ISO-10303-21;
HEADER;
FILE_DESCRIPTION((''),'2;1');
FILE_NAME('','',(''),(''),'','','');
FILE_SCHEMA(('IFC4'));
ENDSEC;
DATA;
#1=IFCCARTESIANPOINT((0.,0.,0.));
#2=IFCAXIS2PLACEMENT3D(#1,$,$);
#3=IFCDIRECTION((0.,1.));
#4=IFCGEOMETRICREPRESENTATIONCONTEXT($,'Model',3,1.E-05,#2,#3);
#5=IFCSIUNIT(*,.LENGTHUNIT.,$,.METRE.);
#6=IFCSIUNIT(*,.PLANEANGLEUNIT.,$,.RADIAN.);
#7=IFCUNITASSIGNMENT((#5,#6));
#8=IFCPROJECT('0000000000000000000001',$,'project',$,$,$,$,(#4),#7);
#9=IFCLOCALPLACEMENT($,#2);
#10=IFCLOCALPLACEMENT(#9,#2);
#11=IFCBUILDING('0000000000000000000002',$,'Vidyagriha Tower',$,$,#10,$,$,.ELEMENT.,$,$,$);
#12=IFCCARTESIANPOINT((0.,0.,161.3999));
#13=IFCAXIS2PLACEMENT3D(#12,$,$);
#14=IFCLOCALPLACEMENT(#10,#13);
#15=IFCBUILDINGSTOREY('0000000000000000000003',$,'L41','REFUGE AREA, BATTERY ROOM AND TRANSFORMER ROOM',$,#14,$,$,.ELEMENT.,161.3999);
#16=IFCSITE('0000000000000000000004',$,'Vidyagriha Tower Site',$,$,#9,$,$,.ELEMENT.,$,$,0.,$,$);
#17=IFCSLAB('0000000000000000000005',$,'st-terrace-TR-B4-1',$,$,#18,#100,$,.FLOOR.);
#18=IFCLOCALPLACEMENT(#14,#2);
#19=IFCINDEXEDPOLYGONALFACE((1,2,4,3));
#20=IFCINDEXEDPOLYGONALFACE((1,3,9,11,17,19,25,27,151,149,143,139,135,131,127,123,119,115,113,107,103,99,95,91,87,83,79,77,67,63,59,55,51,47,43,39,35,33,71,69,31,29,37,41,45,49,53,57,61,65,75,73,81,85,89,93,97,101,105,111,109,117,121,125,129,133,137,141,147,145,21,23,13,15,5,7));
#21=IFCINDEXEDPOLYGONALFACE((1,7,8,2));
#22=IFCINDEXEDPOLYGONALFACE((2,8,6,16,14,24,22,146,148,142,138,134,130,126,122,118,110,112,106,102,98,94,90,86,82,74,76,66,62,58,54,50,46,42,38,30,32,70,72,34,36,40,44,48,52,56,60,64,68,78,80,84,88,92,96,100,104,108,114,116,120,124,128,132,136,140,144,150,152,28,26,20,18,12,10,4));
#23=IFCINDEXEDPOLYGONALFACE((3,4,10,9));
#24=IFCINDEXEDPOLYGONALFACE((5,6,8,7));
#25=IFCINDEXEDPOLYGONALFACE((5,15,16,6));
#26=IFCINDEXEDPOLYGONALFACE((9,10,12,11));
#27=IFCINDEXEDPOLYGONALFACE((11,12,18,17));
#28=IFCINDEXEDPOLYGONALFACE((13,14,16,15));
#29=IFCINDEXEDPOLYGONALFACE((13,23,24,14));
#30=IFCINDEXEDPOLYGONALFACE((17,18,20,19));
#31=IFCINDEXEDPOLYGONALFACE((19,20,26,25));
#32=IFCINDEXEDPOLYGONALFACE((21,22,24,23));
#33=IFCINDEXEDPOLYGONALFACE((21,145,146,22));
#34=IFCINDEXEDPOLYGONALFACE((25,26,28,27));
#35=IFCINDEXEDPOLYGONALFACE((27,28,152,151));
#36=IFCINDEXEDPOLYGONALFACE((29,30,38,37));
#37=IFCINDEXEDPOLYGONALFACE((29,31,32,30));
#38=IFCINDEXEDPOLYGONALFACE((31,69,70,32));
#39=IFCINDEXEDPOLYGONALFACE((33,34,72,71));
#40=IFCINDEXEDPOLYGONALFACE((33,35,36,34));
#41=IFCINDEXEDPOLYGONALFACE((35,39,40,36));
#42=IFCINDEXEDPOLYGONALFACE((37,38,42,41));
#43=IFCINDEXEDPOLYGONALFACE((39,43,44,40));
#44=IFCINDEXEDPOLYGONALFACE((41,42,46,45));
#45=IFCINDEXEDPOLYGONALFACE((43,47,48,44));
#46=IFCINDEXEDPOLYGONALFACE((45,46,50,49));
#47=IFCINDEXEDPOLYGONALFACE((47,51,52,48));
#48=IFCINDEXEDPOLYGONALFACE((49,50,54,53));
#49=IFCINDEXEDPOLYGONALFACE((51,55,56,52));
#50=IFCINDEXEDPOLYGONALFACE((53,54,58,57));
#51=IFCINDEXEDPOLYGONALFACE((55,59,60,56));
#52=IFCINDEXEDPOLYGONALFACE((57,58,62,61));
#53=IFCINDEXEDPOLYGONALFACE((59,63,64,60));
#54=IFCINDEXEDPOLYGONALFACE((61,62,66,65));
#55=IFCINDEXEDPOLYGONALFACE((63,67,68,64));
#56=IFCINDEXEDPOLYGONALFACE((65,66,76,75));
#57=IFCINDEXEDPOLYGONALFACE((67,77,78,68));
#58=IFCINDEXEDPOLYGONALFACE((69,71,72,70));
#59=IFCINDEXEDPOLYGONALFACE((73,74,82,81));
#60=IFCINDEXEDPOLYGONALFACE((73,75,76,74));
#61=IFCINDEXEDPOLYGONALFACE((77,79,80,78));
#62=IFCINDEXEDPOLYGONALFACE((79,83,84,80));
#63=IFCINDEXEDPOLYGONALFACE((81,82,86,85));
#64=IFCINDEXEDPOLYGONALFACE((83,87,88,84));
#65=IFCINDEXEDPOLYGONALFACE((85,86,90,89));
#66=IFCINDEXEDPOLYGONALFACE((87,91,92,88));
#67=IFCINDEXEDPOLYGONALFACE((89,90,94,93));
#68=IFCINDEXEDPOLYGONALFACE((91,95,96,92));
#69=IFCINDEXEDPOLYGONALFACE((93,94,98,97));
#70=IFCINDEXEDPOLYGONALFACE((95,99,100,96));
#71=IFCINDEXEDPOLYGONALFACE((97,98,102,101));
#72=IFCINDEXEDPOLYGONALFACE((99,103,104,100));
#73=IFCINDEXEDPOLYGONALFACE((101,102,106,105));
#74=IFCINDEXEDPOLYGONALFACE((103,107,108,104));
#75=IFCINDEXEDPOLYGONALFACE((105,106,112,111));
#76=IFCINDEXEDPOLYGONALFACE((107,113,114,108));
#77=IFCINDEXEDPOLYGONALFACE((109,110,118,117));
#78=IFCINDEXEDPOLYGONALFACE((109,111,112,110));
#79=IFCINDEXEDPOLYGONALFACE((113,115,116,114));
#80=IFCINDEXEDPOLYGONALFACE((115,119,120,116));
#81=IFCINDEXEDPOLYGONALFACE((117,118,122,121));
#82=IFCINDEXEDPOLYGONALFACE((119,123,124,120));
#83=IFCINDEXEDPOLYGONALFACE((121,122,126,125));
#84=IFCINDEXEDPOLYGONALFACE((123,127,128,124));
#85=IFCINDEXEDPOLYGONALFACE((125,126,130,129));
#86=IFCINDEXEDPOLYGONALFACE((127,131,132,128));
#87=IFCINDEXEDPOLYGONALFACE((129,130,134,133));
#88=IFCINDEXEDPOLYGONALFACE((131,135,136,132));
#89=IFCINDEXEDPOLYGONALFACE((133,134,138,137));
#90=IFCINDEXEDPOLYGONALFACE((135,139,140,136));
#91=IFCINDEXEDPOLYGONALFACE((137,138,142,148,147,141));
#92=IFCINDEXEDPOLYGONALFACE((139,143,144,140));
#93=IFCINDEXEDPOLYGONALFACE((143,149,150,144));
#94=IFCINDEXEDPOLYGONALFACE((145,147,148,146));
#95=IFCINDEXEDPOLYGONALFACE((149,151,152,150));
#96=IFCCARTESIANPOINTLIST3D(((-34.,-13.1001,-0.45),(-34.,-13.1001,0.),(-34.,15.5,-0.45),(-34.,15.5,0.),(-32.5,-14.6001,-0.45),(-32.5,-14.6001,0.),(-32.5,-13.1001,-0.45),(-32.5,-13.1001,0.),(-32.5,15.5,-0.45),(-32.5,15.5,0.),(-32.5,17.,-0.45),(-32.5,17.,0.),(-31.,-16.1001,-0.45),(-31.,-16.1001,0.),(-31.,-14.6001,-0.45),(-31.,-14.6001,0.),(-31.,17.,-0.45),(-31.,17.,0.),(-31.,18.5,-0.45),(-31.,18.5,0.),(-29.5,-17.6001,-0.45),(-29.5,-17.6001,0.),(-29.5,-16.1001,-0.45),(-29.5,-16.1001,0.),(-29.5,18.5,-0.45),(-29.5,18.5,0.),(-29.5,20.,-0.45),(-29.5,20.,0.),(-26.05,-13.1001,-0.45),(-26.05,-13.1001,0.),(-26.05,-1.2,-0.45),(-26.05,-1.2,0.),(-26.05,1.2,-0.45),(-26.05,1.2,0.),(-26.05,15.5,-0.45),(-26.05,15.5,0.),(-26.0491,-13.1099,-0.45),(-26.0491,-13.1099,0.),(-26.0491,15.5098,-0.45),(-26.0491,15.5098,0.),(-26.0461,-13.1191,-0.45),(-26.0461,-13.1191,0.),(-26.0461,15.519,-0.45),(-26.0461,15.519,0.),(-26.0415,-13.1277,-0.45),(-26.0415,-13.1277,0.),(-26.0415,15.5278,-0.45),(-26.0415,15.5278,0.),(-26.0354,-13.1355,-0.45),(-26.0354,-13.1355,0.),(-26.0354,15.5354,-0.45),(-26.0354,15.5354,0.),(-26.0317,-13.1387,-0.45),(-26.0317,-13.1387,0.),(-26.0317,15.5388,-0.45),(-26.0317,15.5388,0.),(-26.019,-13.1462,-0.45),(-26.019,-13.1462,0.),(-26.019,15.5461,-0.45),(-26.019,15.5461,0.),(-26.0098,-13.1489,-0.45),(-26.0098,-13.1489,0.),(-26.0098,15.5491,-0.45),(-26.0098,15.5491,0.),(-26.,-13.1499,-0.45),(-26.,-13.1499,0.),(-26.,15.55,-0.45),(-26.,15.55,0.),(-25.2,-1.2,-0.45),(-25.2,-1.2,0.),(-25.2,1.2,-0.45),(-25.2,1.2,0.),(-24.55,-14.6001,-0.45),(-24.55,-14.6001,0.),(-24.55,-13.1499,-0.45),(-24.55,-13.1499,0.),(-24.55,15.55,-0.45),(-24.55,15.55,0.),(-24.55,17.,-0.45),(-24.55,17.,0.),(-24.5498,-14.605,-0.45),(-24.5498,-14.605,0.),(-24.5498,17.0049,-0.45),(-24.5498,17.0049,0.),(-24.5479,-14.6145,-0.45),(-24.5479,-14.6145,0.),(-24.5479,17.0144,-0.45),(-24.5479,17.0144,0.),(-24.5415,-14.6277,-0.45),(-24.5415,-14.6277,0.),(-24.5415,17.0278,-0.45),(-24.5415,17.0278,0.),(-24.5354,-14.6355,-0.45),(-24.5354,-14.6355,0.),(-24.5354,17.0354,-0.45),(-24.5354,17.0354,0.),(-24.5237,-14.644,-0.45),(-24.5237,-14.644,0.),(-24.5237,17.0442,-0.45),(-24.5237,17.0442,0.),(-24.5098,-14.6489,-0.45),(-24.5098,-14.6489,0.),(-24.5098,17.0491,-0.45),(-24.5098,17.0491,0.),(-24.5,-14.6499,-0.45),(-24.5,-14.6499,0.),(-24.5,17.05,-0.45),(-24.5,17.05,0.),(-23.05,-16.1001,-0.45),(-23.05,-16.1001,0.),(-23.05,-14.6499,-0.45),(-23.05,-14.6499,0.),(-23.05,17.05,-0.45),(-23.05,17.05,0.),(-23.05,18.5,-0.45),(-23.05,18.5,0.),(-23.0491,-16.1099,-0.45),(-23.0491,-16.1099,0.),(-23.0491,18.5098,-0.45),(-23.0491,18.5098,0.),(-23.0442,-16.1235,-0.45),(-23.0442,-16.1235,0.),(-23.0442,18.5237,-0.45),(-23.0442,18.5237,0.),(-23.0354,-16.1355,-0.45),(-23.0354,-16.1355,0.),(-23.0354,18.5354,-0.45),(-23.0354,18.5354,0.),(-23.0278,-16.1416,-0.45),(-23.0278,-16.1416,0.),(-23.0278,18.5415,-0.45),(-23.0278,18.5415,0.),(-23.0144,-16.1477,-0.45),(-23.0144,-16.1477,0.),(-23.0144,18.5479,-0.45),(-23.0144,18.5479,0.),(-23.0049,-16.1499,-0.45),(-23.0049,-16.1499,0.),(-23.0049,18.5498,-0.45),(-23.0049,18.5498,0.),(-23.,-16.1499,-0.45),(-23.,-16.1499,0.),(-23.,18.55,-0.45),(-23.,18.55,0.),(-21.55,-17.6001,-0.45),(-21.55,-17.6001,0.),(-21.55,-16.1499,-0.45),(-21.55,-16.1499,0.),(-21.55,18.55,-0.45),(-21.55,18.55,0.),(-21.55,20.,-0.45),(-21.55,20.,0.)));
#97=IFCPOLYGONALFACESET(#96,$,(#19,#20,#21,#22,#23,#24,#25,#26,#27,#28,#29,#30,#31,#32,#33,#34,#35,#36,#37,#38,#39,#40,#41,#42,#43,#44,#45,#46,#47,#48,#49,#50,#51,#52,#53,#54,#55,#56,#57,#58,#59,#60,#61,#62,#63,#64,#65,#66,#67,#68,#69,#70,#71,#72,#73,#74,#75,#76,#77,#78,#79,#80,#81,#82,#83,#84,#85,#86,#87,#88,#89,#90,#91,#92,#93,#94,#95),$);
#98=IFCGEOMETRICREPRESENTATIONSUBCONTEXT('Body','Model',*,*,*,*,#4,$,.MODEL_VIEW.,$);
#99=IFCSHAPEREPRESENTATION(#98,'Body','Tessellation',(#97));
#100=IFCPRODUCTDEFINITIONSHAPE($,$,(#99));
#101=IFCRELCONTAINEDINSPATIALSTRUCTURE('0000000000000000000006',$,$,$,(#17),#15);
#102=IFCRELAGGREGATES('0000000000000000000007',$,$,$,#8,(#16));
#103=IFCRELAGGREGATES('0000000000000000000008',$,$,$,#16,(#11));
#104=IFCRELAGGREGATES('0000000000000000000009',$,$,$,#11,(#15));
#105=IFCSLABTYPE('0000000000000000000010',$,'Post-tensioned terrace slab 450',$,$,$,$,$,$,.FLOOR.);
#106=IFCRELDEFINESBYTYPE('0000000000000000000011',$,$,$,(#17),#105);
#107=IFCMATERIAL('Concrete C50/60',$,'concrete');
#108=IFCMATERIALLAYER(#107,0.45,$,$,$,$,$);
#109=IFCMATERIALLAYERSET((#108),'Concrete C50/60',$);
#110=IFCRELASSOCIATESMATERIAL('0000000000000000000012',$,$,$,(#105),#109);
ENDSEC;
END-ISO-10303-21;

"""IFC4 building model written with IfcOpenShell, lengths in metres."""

from ifc_helpers import new_model, si_unit, direction, frame, origin, place, context, subcontext, project, spatial, polyline, outline, extrude, material, layer, layer_set, type_object, element, save


model = new_model("IFC4")

# Units and contexts
model_context = context("Model", 3, precision=1e-05, world=origin(), true_north=direction((0.0, 1.0)))
body_context = subcontext(model_context, "Body", "Model", "MODEL_VIEW")
ifc_project = project(units=[si_unit("LENGTHUNIT", "METRE"), si_unit("PLANEANGLEUNIT", "RADIAN")], contexts=[model_context])

# Site, building, storey
site_placement = place(None, origin())
site = spatial("IfcSite", under=ifc_project, at=site_placement, Name="Vidyagriha Tower Site", CompositionType="ELEMENT", RefElevation=0.0)
building_placement = place(site_placement, origin())
building = spatial("IfcBuilding", under=site, at=building_placement, Name="Vidyagriha Tower", CompositionType="ELEMENT")
storey_placement = place(building_placement, frame((0.0, 0.0, 161.3999)))
storey = spatial("IfcBuildingStorey", under=building, at=storey_placement, Name="L41", Description="REFUGE AREA, BATTERY ROOM AND TRANSFORMER ROOM", CompositionType="ELEMENT", Elevation=161.3999)

# Slab
ifc_material_1 = material(Name="Concrete C50/60", Category="concrete")
ifc_layer_1 = layer(ifc_material_1, 0.45)
ifc_layer_set_1 = layer_set([ifc_layer_1], Name="Concrete C50/60")
slab_type_1 = type_object("IfcSlabType", Name="Post-tensioned terrace slab 450", PredefinedType="FLOOR", material=ifc_layer_set_1)
slab_1_placement = place(storey_placement, frame((0.0, 0.0, -0.45)))
element("IfcSlab", 1, at=slab_1_placement, inside=storey, type_object=slab_type_1, Name="st-terrace-TR-B4-1", PredefinedType="FLOOR", context=body_context, shape_type="SweptSolid", body=[
    extrude(outline(polyline([(-26.05, -1.2), (-26.05, -13.1001), (-26.0491, -13.1099), (-26.0461, -13.1191), (-26.0415, -13.1277), (-26.0354, -13.1355), (-26.0317, -13.1387), (-26.019, -13.1462), (-26.0098, -13.1489), (-26.0, -13.1499), (-24.55, -13.1499), (-24.55, -14.6001), (-24.5498, -14.605), (-24.5479, -14.6145), (-24.5415, -14.6277), (-24.5354, -14.6355), (-24.5237, -14.644), (-24.5098, -14.6489), (-24.5, -14.6499), (-23.05, -14.6499), (-23.05, -16.1001), (-23.0491, -16.1099), (-23.0442, -16.1235), (-23.0354, -16.1355), (-23.0278, -16.1416), (-23.0144, -16.1477), (-23.0049, -16.1499), (-23.0, -16.1499), (-21.55, -16.1499), (-21.55, -17.6001), (-29.5, -17.6001), (-29.5, -16.1001), (-31.0, -16.1001), (-31.0, -14.6001), (-32.5, -14.6001), (-32.5, -13.1001), (-34.0, -13.1001), (-34.0, 15.5), (-32.5, 15.5), (-32.5, 17.0), (-31.0, 17.0), (-31.0, 18.5), (-29.5, 18.5), (-29.5, 20.0), (-21.55, 20.0), (-21.55, 18.55), (-23.0, 18.55), (-23.0049, 18.5498), (-23.0144, 18.5479), (-23.0278, 18.5415), (-23.0354, 18.5354), (-23.0442, 18.5237), (-23.0491, 18.5098), (-23.05, 18.5), (-23.05, 17.05), (-24.5, 17.05), (-24.5098, 17.0491), (-24.5237, 17.0442), (-24.5354, 17.0354), (-24.5415, 17.0278), (-24.5479, 17.0144), (-24.5498, 17.0049), (-24.55, 17.0), (-24.55, 15.55), (-26.0, 15.55), (-26.0098, 15.5491), (-26.019, 15.5461), (-26.0317, 15.5388), (-26.0354, 15.5354), (-26.0415, 15.5278), (-26.0461, 15.519), (-26.0491, 15.5098), (-26.05, 15.5), (-26.05, 1.2), (-25.2, 1.2), (-25.2, -1.2), (-26.05, -1.2)])), origin(), (0.0, 0.0, 1.0), 0.45),
])

save(model, "model.ifc")
